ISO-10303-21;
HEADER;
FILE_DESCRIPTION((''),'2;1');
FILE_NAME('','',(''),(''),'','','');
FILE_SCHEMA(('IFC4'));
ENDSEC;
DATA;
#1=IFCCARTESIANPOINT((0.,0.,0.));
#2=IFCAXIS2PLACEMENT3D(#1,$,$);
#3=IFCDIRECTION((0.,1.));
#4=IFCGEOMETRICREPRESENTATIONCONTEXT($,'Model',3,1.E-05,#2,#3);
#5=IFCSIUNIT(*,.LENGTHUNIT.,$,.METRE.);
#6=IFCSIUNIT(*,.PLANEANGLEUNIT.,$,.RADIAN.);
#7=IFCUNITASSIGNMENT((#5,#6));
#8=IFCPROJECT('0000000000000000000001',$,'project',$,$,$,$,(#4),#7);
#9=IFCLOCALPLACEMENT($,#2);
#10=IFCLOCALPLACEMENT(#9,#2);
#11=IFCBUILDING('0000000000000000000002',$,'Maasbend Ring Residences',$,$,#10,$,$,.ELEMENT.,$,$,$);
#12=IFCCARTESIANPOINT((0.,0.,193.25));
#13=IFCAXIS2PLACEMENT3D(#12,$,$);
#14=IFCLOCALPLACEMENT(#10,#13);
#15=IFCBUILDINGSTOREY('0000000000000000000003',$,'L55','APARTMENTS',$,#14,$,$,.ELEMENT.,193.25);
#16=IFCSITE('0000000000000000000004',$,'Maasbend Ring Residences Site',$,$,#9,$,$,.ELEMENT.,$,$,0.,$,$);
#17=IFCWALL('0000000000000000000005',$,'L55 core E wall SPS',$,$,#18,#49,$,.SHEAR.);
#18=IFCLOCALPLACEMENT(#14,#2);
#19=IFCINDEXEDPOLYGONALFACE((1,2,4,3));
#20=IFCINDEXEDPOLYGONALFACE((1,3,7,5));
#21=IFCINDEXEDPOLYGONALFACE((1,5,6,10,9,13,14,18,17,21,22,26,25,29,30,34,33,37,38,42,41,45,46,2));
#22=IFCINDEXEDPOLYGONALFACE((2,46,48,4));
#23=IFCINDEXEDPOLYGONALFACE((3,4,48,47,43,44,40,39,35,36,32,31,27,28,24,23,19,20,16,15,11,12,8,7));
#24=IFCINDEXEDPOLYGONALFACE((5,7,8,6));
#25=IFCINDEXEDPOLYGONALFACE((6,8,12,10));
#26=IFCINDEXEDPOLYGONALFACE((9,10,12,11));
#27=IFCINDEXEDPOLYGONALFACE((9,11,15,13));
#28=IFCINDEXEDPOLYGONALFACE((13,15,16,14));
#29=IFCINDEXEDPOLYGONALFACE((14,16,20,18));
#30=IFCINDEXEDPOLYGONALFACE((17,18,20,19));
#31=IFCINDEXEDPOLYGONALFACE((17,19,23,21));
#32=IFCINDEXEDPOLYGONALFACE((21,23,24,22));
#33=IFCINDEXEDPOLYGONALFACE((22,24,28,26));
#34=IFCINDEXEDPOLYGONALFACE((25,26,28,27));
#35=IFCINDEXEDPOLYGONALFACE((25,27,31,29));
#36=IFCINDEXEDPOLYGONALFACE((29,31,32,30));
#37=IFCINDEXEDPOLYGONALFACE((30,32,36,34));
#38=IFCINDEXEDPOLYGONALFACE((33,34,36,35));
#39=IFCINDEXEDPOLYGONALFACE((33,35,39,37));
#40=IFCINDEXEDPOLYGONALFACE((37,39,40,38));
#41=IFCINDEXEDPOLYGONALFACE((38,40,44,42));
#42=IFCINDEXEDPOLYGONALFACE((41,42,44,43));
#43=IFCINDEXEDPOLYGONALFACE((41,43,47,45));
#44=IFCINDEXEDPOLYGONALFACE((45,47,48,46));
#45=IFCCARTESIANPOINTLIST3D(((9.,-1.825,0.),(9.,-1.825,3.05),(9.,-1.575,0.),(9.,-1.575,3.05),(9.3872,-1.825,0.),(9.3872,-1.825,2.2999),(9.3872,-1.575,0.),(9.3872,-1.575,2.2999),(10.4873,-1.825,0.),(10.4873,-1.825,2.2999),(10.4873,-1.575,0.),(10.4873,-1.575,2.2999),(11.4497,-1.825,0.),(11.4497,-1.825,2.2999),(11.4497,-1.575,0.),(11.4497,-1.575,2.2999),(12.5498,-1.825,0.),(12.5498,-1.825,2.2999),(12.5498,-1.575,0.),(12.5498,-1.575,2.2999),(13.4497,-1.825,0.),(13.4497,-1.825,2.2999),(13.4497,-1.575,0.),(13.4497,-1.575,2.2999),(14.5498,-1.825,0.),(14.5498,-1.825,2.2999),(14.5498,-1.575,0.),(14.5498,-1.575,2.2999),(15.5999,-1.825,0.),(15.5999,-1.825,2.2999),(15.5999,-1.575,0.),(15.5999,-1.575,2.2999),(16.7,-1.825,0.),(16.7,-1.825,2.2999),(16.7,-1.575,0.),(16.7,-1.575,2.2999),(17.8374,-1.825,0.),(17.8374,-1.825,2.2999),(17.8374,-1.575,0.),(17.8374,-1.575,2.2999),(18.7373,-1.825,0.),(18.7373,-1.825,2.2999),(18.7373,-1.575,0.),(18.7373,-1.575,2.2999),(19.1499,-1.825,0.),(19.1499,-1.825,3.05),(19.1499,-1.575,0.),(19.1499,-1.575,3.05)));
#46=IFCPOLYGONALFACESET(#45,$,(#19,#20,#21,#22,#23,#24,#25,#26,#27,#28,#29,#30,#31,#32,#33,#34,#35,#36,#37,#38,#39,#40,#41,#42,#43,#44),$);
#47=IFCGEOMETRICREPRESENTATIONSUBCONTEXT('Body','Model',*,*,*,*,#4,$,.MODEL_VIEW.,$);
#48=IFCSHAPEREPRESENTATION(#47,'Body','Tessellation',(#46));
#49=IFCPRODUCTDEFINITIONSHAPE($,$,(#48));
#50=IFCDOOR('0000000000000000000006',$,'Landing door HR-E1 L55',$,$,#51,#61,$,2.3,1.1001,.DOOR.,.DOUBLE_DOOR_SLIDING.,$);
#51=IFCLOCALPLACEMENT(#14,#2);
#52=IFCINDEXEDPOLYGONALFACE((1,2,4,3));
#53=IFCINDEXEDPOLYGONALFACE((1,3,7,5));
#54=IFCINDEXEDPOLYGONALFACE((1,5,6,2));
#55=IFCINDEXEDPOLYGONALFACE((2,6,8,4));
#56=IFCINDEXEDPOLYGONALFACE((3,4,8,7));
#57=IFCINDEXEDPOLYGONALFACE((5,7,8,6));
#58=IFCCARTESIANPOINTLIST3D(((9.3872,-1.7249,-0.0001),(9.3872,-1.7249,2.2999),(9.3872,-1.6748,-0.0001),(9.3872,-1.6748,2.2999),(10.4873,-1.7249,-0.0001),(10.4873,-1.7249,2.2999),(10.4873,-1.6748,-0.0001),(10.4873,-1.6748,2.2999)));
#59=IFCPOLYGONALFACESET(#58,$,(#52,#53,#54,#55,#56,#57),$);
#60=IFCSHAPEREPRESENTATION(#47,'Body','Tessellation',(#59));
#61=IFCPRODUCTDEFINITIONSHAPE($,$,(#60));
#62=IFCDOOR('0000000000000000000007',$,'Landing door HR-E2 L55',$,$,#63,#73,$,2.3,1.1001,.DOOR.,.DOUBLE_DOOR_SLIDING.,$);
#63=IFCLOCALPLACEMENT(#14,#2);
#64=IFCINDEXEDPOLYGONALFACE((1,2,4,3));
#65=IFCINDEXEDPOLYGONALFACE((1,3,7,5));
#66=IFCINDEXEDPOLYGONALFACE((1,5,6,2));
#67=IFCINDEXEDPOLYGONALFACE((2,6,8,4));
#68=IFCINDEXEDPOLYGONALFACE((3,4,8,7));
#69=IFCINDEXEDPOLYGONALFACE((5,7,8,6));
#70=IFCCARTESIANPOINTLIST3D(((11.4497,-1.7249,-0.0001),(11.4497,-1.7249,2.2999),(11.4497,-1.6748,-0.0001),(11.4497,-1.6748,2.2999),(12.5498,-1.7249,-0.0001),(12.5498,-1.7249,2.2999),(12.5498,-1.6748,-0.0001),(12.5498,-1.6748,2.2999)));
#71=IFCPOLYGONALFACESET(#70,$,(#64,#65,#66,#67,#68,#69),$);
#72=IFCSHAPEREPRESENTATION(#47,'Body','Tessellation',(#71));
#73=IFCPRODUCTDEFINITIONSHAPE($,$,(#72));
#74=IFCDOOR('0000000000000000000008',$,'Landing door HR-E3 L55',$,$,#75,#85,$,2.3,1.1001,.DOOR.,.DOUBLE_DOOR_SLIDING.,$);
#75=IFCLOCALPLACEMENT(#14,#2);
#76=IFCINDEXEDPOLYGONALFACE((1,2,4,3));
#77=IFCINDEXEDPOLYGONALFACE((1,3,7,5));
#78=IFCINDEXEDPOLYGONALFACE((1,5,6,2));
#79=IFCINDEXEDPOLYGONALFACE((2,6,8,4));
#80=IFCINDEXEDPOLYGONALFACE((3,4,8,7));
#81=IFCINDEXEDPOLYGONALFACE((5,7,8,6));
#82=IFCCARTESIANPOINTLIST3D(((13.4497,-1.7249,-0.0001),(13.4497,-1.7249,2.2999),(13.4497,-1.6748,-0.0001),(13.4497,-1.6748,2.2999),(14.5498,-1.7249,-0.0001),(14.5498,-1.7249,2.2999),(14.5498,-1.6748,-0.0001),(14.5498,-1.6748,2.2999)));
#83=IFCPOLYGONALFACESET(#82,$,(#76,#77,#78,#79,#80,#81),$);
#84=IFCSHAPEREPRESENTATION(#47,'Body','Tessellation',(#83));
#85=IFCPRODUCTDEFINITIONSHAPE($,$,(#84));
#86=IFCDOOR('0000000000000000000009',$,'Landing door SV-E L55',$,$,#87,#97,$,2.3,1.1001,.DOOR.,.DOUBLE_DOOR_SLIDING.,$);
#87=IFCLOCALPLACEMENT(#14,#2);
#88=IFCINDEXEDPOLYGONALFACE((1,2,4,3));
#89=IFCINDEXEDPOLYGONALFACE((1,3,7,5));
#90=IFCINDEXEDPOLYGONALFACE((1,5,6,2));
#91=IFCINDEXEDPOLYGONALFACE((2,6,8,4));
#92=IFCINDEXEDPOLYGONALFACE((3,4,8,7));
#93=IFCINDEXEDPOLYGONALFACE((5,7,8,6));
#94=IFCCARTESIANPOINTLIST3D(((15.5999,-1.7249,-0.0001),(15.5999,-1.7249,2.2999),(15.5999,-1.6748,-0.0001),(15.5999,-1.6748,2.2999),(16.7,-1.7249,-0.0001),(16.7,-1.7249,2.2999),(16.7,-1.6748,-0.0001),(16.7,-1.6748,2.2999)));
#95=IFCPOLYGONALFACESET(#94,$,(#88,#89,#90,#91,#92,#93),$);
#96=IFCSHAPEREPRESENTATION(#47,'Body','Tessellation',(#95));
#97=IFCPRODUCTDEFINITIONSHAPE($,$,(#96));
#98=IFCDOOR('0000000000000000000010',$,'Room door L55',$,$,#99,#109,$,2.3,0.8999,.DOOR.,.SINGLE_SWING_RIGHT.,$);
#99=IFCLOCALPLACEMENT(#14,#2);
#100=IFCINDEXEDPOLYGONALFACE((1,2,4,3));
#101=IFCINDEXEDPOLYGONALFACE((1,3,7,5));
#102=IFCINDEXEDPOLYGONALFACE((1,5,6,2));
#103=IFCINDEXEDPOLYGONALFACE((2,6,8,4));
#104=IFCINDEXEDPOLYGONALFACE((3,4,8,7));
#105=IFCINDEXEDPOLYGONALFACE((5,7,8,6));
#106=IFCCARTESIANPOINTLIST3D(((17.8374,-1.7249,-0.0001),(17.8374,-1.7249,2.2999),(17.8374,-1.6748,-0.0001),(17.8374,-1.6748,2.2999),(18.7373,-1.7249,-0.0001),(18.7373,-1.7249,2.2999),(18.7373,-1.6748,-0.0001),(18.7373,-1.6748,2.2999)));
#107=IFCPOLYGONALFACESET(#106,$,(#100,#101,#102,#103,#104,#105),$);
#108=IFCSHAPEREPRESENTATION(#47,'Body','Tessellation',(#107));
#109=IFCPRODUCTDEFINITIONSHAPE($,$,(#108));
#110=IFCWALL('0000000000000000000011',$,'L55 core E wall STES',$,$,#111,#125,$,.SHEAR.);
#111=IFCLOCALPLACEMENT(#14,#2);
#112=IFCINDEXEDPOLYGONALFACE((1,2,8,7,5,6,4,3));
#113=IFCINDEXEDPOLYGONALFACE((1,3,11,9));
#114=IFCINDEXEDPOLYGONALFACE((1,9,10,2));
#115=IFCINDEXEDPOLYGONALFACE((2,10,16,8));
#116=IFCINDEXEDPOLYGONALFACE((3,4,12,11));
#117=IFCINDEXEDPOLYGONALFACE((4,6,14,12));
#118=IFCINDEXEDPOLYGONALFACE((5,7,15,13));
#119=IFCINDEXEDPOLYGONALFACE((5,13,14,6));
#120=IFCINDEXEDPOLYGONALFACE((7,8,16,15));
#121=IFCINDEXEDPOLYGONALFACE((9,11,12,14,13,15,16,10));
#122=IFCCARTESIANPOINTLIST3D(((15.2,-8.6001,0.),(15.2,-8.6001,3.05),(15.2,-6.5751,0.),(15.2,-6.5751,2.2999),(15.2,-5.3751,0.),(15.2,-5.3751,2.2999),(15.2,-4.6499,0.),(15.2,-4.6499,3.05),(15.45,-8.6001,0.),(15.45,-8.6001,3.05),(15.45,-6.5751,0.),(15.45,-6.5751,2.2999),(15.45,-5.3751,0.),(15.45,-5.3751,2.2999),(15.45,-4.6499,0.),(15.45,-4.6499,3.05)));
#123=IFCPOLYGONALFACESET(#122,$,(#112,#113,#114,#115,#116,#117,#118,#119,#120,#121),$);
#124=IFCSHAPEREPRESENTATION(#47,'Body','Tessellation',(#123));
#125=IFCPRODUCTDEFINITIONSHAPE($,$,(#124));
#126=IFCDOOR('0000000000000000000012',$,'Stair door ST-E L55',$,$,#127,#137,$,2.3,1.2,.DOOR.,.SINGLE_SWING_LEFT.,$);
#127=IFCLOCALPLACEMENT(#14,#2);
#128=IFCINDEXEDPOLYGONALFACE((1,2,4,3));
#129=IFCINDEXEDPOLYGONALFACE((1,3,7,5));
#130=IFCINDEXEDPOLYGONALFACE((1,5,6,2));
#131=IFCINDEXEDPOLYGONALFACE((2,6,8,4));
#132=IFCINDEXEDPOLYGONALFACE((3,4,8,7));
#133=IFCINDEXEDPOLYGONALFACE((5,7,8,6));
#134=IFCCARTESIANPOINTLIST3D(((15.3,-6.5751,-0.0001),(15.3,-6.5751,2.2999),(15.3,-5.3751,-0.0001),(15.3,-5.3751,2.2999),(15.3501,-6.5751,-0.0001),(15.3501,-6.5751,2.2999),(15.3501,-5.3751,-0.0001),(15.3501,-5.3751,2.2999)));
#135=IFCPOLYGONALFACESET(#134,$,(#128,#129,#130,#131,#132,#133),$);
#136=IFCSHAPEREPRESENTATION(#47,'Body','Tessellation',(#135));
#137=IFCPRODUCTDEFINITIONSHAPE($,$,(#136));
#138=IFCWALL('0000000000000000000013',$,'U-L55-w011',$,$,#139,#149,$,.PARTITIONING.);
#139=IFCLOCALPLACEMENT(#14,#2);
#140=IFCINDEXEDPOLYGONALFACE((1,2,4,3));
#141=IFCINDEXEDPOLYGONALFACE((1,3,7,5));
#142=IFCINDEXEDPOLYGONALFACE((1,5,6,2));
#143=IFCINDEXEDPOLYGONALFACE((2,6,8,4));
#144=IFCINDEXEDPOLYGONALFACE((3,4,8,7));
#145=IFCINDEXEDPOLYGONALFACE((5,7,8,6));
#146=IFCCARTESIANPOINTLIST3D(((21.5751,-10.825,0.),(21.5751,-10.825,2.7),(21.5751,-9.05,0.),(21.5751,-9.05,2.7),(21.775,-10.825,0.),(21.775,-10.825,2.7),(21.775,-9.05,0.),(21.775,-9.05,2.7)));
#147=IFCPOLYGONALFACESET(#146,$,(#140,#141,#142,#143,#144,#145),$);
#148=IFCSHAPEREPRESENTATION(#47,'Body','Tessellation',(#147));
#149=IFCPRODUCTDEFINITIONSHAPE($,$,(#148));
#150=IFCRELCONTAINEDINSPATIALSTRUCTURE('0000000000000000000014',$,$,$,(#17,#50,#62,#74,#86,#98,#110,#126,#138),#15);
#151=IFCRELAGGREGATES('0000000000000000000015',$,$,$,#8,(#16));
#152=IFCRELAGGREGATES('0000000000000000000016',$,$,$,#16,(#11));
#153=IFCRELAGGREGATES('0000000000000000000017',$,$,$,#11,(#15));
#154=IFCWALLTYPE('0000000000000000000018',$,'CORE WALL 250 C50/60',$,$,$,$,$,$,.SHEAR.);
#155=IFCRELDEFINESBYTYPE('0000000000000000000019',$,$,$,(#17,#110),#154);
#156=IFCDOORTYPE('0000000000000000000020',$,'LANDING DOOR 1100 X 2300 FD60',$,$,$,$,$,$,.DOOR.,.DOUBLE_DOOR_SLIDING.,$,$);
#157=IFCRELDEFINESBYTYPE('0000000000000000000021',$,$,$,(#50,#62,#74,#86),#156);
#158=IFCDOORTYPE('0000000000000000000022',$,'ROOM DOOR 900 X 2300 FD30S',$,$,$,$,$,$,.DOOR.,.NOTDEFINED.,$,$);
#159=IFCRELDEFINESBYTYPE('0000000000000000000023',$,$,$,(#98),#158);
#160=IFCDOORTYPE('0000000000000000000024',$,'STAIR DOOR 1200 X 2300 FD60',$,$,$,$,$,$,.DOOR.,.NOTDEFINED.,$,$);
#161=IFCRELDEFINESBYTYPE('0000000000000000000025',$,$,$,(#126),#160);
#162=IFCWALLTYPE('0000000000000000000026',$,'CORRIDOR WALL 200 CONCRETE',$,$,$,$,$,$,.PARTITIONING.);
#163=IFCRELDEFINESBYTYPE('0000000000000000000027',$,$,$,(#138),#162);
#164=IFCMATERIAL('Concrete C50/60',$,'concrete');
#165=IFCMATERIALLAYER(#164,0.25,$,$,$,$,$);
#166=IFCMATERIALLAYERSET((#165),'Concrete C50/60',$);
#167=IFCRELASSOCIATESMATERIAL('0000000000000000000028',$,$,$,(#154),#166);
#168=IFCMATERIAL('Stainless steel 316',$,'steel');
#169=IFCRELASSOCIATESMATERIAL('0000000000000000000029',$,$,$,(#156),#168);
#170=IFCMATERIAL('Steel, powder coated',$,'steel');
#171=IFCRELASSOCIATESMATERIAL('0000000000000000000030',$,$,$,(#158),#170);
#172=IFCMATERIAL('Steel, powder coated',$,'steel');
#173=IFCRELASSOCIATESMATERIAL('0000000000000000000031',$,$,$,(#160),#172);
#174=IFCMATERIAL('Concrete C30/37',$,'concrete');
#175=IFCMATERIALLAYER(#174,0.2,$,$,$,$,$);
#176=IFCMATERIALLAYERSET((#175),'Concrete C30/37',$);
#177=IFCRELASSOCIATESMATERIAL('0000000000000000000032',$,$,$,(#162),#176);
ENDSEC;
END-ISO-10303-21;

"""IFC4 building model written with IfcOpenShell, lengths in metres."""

from ifc_helpers import new_model, si_unit, direction, frame, frame_2d, origin, place, context, subcontext, project, spatial, rectangle, extrude, material, layer, layer_set, type_object, element, fill, save


model = new_model("IFC4")

# Units and contexts
model_context = context("Model", 3, precision=1e-05, world=origin(), true_north=direction((0.0, 1.0)))
body_context = subcontext(model_context, "Body", "Model", "MODEL_VIEW")
ifc_project = project(units=[si_unit("LENGTHUNIT", "METRE"), si_unit("PLANEANGLEUNIT", "RADIAN")], contexts=[model_context])

# Site, building, storey
site_placement = place(None, origin())
site = spatial("IfcSite", under=ifc_project, at=site_placement, Name="Maasbend Ring Residences Site", CompositionType="ELEMENT", RefElevation=0.0)
building_placement = place(site_placement, origin())
building = spatial("IfcBuilding", under=site, at=building_placement, Name="Maasbend Ring Residences", CompositionType="ELEMENT")
storey_placement = place(building_placement, frame((0.0, 0.0, 193.25)))
storey = spatial("IfcBuildingStorey", under=building, at=storey_placement, Name="L55", Description="APARTMENTS", CompositionType="ELEMENT", Elevation=193.25)

# Wall, openings, doors
ifc_material_1 = material(Name="Concrete C50/60", Category="concrete")
ifc_layer_1 = layer(ifc_material_1, 0.25)
ifc_layer_set_1 = layer_set([ifc_layer_1], Name="Concrete C50/60")
wall_type_1 = type_object("IfcWallType", Name="CORE WALL 250 C50/60", PredefinedType="SHEAR", material=ifc_layer_set_1)
wall_1_placement = place(storey_placement, frame((19.1499, -1.7, 0.0), z_axis=(0.0, 0.0, 1.0), x_axis=(-1.0, 0.0, 0.0)))
wall_1 = element("IfcWall", 1, at=wall_1_placement, inside=storey, type_object=wall_type_1, Name="L55 core E wall SPS", PredefinedType="SHEAR", context=body_context, shape_type="SweptSolid", body=[
    extrude(rectangle(XDim=10.1499, YDim=0.25, at=frame_2d((5.075, 0.0))), origin(), (0.0, 0.0, 1.0), 3.05),
])
opening_1_placement = place(wall_1_placement, frame((8.6626, 0.0, 0.0)))
opening_1 = element("IfcOpeningElement", 2, at=opening_1_placement, cuts=wall_1, PredefinedType="OPENING", context=body_context, shape_type="SweptSolid", body=[
    extrude(rectangle(XDim=1.1001, YDim=2.3, at=frame_2d((0.55, 1.1499))), frame((0.0, 0.135, 0.0), z_axis=(0.0, -1.0, 0.0), x_axis=(1.0, 0.0, 0.0)), (0.0, 0.0, 1.0), 0.27),
])
opening_2_placement = place(wall_1_placement, frame((6.6001, 0.0, 0.0)))
opening_2 = element("IfcOpeningElement", 3, at=opening_2_placement, cuts=wall_1, PredefinedType="OPENING", context=body_context, shape_type="SweptSolid", body=[
    extrude(rectangle(XDim=1.1001, YDim=2.3, at=frame_2d((0.55, 1.1499))), frame((0.0, 0.135, 0.0), z_axis=(0.0, -1.0, 0.0), x_axis=(1.0, 0.0, 0.0)), (0.0, 0.0, 1.0), 0.27),
])
opening_3_placement = place(wall_1_placement, frame((4.6001, 0.0, 0.0)))
opening_3 = element("IfcOpeningElement", 4, at=opening_3_placement, cuts=wall_1, PredefinedType="OPENING", context=body_context, shape_type="SweptSolid", body=[
    extrude(rectangle(XDim=1.1001, YDim=2.3, at=frame_2d((0.55, 1.1499))), frame((0.0, 0.135, 0.0), z_axis=(0.0, -1.0, 0.0), x_axis=(1.0, 0.0, 0.0)), (0.0, 0.0, 1.0), 0.27),
])
opening_4_placement = place(wall_1_placement, frame((2.45, 0.0, 0.0)))
opening_4 = element("IfcOpeningElement", 5, at=opening_4_placement, cuts=wall_1, PredefinedType="OPENING", context=body_context, shape_type="SweptSolid", body=[
    extrude(rectangle(XDim=1.1001, YDim=2.3, at=frame_2d((0.55, 1.1499))), frame((0.0, 0.135, 0.0), z_axis=(0.0, -1.0, 0.0), x_axis=(1.0, 0.0, 0.0)), (0.0, 0.0, 1.0), 0.27),
])
opening_5_placement = place(wall_1_placement, frame((0.4126, 0.0, 0.0)))
opening_5 = element("IfcOpeningElement", 6, at=opening_5_placement, cuts=wall_1, PredefinedType="OPENING", context=body_context, shape_type="SweptSolid", body=[
    extrude(rectangle(XDim=0.8999, YDim=2.3, at=frame_2d((0.45, 1.1499))), frame((0.0, 0.135, 0.0), z_axis=(0.0, -1.0, 0.0), x_axis=(1.0, 0.0, 0.0)), (0.0, 0.0, 1.0), 0.27),
])
ifc_material_2 = material(Name="Stainless steel 316", Category="steel")
door_type_1 = type_object("IfcDoorType", Name="LANDING DOOR 1100 X 2300 FD60", OperationType="DOUBLE_DOOR_SLIDING", PredefinedType="DOOR", material=ifc_material_2)
door_1_placement = place(opening_1_placement, origin())
door_1 = element("IfcDoor", 7, at=door_1_placement, inside=storey, type_object=door_type_1, Name="Landing door HR-E1 L55", OperationType="DOUBLE_DOOR_SLIDING", OverallHeight=2.3, OverallWidth=1.1001, PredefinedType="DOOR", context=body_context, shape_type="SweptSolid", body=[
    extrude(rectangle(XDim=1.1001, YDim=2.3, at=frame_2d((0.55, 1.1499))), frame((0.0, 0.0249, 0.0), z_axis=(0.0, -1.0, 0.0), x_axis=(1.0, 0.0, 0.0)), (0.0, 0.0, 1.0), 0.05),
])
fill(opening_1, door_1)
door_2_placement = place(opening_2_placement, origin())
door_2 = element("IfcDoor", 8, at=door_2_placement, inside=storey, type_object=door_type_1, Name="Landing door HR-E2 L55", OperationType="DOUBLE_DOOR_SLIDING", OverallHeight=2.3, OverallWidth=1.1001, PredefinedType="DOOR", context=body_context, shape_type="SweptSolid", body=[
    extrude(rectangle(XDim=1.1001, YDim=2.3, at=frame_2d((0.55, 1.1499))), frame((0.0, 0.0249, 0.0), z_axis=(0.0, -1.0, 0.0), x_axis=(1.0, 0.0, 0.0)), (0.0, 0.0, 1.0), 0.05),
])
fill(opening_2, door_2)
door_3_placement = place(opening_3_placement, origin())
door_3 = element("IfcDoor", 9, at=door_3_placement, inside=storey, type_object=door_type_1, Name="Landing door HR-E3 L55", OperationType="DOUBLE_DOOR_SLIDING", OverallHeight=2.3, OverallWidth=1.1001, PredefinedType="DOOR", context=body_context, shape_type="SweptSolid", body=[
    extrude(rectangle(XDim=1.1001, YDim=2.3, at=frame_2d((0.55, 1.1499))), frame((0.0, 0.0249, 0.0), z_axis=(0.0, -1.0, 0.0), x_axis=(1.0, 0.0, 0.0)), (0.0, 0.0, 1.0), 0.05),
])
fill(opening_3, door_3)
door_4_placement = place(opening_4_placement, origin())
door_4 = element("IfcDoor", 10, at=door_4_placement, inside=storey, type_object=door_type_1, Name="Landing door SV-E L55", OperationType="DOUBLE_DOOR_SLIDING", OverallHeight=2.3, OverallWidth=1.1001, PredefinedType="DOOR", context=body_context, shape_type="SweptSolid", body=[
    extrude(rectangle(XDim=1.1001, YDim=2.3, at=frame_2d((0.55, 1.1499))), frame((0.0, 0.0249, 0.0), z_axis=(0.0, -1.0, 0.0), x_axis=(1.0, 0.0, 0.0)), (0.0, 0.0, 1.0), 0.05),
])
fill(opening_4, door_4)
ifc_material_3 = material(Name="Steel, powder coated", Category="steel")
door_type_2 = type_object("IfcDoorType", Name="ROOM DOOR 900 X 2300 FD30S", OperationType="NOTDEFINED", PredefinedType="DOOR", material=ifc_material_3)
door_5_placement = place(opening_5_placement, origin())
door_5 = element("IfcDoor", 11, at=door_5_placement, inside=storey, type_object=door_type_2, Name="Room door L55", OperationType="SINGLE_SWING_RIGHT", OverallHeight=2.3, OverallWidth=0.8999, PredefinedType="DOOR", context=body_context, shape_type="SweptSolid", body=[
    extrude(rectangle(XDim=0.8999, YDim=2.3, at=frame_2d((0.45, 1.1499))), frame((0.0, 0.0249, 0.0), z_axis=(0.0, -1.0, 0.0), x_axis=(1.0, 0.0, 0.0)), (0.0, 0.0, 1.0), 0.05),
])
fill(opening_5, door_5)

# Wall, opening, door
wall_2_placement = place(storey_placement, frame((15.325, -8.6001, 0.0), z_axis=(0.0, 0.0, 1.0), x_axis=(0.0, 1.0, 0.0)))
wall_2 = element("IfcWall", 12, at=wall_2_placement, inside=storey, type_object=wall_type_1, Name="L55 core E wall STES", PredefinedType="SHEAR", context=body_context, shape_type="SweptSolid", body=[
    extrude(rectangle(XDim=3.9502, YDim=0.25, at=frame_2d((1.9751, 0.0))), origin(), (0.0, 0.0, 1.0), 3.05),
])
opening_6_placement = place(wall_2_placement, frame((2.0249, 0.0, 0.0)))
opening_6 = element("IfcOpeningElement", 13, at=opening_6_placement, cuts=wall_2, PredefinedType="OPENING", context=body_context, shape_type="SweptSolid", body=[
    extrude(rectangle(XDim=1.2, YDim=2.3, at=frame_2d((0.6001, 1.1499))), frame((0.0, 0.135, 0.0), z_axis=(0.0, -1.0, 0.0), x_axis=(1.0, 0.0, 0.0)), (0.0, 0.0, 1.0), 0.27),
])
ifc_material_4 = material(Name="Steel, powder coated", Category="steel")
door_type_3 = type_object("IfcDoorType", Name="STAIR DOOR 1200 X 2300 FD60", OperationType="NOTDEFINED", PredefinedType="DOOR", material=ifc_material_4)
door_6_placement = place(opening_6_placement, origin())
door_6 = element("IfcDoor", 14, at=door_6_placement, inside=storey, type_object=door_type_3, Name="Stair door ST-E L55", OperationType="SINGLE_SWING_LEFT", OverallHeight=2.3, OverallWidth=1.2, PredefinedType="DOOR", context=body_context, shape_type="SweptSolid", body=[
    extrude(rectangle(XDim=1.2, YDim=2.3, at=frame_2d((0.6001, 1.1499))), frame((0.0, 0.0249, 0.0), z_axis=(0.0, -1.0, 0.0), x_axis=(1.0, 0.0, 0.0)), (0.0, 0.0, 1.0), 0.05),
])
fill(opening_6, door_6)

# Wall
ifc_material_5 = material(Name="Concrete C30/37", Category="concrete")
ifc_layer_2 = layer(ifc_material_5, 0.2)
ifc_layer_set_2 = layer_set([ifc_layer_2], Name="Concrete C30/37")
wall_type_2 = type_object("IfcWallType", Name="CORRIDOR WALL 200 CONCRETE", PredefinedType="PARTITIONING", material=ifc_layer_set_2)
wall_3_placement = place(storey_placement, frame((21.675, -10.825, 0.0), z_axis=(0.0, 0.0, 1.0), x_axis=(0.0, 1.0, 0.0)))
element("IfcWall", 15, at=wall_3_placement, inside=storey, type_object=wall_type_2, Name="U-L55-w011", PredefinedType="PARTITIONING", context=body_context, shape_type="SweptSolid", body=[
    extrude(rectangle(XDim=1.7749, YDim=0.2, at=frame_2d((0.8875, 0.0))), origin(), (0.0, 0.0, 1.0), 2.7),
])

save(model, "model.ifc")
